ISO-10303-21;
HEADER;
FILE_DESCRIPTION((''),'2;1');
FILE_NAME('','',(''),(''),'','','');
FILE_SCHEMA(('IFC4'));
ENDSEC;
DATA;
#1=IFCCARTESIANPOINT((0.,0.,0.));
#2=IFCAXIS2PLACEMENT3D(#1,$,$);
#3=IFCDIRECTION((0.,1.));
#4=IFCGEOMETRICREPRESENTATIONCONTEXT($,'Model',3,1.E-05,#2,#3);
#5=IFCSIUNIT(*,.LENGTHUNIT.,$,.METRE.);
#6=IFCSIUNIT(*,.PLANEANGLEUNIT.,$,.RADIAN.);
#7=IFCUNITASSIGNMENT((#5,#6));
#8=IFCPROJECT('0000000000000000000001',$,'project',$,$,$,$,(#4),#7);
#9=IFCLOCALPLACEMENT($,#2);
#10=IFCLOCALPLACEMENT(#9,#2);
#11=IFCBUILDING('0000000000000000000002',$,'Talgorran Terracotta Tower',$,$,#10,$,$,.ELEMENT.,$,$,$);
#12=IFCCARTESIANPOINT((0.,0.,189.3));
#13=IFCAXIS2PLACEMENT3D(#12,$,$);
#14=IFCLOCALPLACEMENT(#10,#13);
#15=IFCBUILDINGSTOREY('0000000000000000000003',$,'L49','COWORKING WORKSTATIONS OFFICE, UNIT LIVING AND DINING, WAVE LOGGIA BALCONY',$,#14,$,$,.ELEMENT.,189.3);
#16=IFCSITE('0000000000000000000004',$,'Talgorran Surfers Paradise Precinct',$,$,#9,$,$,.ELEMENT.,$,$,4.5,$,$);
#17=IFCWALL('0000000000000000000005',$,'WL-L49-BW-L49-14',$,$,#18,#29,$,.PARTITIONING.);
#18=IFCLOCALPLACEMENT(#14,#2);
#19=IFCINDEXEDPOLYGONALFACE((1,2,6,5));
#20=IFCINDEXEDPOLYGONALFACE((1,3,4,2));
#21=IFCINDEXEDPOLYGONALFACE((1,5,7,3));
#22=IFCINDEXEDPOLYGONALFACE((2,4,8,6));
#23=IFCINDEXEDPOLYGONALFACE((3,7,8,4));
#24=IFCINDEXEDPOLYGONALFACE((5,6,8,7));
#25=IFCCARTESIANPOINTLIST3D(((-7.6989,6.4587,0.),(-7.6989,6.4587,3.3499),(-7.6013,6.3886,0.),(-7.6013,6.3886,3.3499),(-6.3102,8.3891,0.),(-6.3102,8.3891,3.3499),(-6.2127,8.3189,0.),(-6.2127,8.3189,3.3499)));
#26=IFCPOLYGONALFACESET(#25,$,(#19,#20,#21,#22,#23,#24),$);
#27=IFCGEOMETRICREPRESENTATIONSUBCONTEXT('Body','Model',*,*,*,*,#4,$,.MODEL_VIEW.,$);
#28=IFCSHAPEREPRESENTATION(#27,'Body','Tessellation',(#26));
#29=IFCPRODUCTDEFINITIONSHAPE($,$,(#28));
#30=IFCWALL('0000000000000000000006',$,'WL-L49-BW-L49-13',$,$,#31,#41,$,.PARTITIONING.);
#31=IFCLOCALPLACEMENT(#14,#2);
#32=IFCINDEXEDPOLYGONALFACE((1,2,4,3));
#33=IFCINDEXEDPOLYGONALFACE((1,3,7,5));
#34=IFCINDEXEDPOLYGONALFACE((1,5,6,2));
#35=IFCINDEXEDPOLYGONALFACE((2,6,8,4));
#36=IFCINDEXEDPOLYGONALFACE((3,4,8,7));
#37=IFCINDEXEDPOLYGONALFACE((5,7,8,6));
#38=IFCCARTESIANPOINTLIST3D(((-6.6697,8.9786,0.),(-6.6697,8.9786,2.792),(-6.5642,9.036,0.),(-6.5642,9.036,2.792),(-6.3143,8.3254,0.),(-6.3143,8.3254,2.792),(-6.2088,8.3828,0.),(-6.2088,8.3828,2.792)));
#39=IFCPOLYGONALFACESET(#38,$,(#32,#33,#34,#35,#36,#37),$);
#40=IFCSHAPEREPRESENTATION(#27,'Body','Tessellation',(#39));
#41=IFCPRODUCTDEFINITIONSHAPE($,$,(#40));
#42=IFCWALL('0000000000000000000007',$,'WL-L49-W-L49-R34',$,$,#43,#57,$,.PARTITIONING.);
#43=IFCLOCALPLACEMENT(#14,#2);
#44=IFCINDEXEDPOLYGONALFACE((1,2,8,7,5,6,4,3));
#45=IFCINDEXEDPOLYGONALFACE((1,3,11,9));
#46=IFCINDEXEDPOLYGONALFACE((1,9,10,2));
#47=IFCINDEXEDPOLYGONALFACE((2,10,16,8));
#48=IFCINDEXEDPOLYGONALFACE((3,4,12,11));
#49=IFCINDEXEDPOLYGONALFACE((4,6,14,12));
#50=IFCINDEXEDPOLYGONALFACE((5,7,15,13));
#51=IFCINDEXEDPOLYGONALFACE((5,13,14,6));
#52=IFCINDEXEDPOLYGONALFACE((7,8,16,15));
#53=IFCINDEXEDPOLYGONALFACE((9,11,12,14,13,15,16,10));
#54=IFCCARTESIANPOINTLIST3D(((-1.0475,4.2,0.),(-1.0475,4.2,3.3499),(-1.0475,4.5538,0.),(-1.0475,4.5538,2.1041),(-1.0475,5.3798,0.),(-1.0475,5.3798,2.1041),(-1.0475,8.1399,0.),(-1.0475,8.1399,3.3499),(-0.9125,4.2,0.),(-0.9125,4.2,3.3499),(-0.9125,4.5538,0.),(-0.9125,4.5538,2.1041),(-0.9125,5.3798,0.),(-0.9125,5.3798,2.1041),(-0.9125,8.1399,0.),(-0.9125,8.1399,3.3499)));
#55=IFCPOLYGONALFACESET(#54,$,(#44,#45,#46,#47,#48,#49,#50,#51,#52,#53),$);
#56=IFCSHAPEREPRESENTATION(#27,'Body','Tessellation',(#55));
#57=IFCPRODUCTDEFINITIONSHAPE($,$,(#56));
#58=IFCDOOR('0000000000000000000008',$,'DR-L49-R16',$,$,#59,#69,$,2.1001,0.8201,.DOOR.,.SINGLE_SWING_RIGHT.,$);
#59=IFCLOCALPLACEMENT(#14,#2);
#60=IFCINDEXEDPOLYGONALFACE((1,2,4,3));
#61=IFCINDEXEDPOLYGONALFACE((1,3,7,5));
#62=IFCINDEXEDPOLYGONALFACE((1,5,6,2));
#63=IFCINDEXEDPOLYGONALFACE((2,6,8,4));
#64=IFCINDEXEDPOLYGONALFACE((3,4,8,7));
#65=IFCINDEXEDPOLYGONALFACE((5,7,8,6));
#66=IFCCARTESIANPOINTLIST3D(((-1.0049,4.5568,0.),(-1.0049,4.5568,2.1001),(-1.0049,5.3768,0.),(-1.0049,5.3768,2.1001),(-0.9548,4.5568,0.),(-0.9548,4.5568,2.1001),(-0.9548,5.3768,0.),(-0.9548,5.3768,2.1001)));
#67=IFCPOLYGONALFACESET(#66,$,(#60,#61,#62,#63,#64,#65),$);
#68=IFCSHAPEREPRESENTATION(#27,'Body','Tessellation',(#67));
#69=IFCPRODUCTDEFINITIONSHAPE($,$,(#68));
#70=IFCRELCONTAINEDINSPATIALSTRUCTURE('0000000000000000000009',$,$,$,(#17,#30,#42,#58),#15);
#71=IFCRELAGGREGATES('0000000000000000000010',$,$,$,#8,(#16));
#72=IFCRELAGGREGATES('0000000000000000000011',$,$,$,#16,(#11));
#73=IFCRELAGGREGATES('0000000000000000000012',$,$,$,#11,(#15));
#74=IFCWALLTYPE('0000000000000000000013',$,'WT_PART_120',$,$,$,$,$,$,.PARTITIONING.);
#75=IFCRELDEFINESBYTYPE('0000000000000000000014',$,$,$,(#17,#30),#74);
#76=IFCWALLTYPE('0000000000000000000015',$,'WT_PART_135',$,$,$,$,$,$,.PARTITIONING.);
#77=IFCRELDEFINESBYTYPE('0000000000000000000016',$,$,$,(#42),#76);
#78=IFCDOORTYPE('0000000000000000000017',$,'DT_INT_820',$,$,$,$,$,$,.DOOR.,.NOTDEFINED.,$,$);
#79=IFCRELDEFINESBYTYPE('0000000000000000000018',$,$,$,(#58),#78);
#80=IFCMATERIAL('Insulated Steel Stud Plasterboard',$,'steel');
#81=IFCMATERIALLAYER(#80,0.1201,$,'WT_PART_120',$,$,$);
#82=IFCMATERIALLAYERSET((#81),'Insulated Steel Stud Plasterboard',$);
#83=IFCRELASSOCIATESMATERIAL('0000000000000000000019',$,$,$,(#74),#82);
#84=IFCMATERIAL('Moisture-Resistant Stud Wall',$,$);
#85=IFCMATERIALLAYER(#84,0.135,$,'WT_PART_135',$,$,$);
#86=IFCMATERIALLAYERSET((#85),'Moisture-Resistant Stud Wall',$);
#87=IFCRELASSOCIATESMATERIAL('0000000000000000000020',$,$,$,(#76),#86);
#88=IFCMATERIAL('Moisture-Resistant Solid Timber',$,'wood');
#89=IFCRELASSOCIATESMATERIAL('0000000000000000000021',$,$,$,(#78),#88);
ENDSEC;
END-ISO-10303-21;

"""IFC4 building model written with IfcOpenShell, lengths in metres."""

from ifc_helpers import new_model, si_unit, direction, frame, frame_2d, origin, place, context, subcontext, project, spatial, rectangle, extrude, material, layer, layer_set, type_object, element, fill, save


model = new_model("IFC4")

# Units and contexts
model_context = context("Model", 3, precision=1e-05, world=origin(), true_north=direction((0.0, 1.0)))
body_context = subcontext(model_context, "Body", "Model", "MODEL_VIEW")
ifc_project = project(units=[si_unit("LENGTHUNIT", "METRE"), si_unit("PLANEANGLEUNIT", "RADIAN")], contexts=[model_context])

# Site, building, storey
site_placement = place(None, origin())
site = spatial("IfcSite", under=ifc_project, at=site_placement, Name="Talgorran Surfers Paradise Precinct", CompositionType="ELEMENT", RefElevation=4.5)
building_placement = place(site_placement, origin())
building = spatial("IfcBuilding", under=site, at=building_placement, Name="Talgorran Terracotta Tower", CompositionType="ELEMENT")
storey_placement = place(building_placement, frame((0.0, 0.0, 189.3)))
storey = spatial("IfcBuildingStorey", under=building, at=storey_placement, Name="L49", Description="COWORKING WORKSTATIONS OFFICE, UNIT LIVING AND DINING, WAVE LOGGIA BALCONY", CompositionType="ELEMENT", Elevation=189.3)

# Walls
ifc_material_1 = material(Name="Insulated Steel Stud Plasterboard", Category="steel")
ifc_layer_1 = layer(ifc_material_1, 0.1201, Name="WT_PART_120")
ifc_layer_set_1 = layer_set([ifc_layer_1], Name="Insulated Steel Stud Plasterboard")
wall_type_1 = type_object("IfcWallType", Name="WT_PART_120", PredefinedType="PARTITIONING", material=ifc_layer_set_1)
wall_1_placement = place(storey_placement, frame((-6.2615, 8.354, 0.0), z_axis=(0.0, 0.0, 1.0), x_axis=(-0.583964, -0.81178, 0.0)))
element("IfcWall", 1, at=wall_1_placement, inside=storey, type_object=wall_type_1, Name="WL-L49-BW-L49-14", PredefinedType="PARTITIONING", context=body_context, shape_type="SweptSolid", body=[
    extrude(rectangle(XDim=2.3779, YDim=0.1201, at=frame_2d((1.189, 0.0))), origin(), (0.0, 0.0, 1.0), 3.3499),
])
wall_2_placement = place(storey_placement, frame((-6.6169, 9.0073, 0.0), z_axis=(0.0, 0.0, 1.0), x_axis=(0.477932, -0.878397, 0.0)))
element("IfcWall", 2, at=wall_2_placement, inside=storey, type_object=wall_type_1, Name="WL-L49-BW-L49-13", PredefinedType="PARTITIONING", context=body_context, shape_type="SweptSolid", body=[
    extrude(rectangle(XDim=0.7437, YDim=0.1201, at=frame_2d((0.3718, 0.0))), origin(), (0.0, 0.0, 1.0), 2.792),
])

# Wall, opening, door
ifc_material_2 = material(Name="Moisture-Resistant Stud Wall")
ifc_layer_2 = layer(ifc_material_2, 0.135, Name="WT_PART_135")
ifc_layer_set_2 = layer_set([ifc_layer_2], Name="Moisture-Resistant Stud Wall")
wall_type_2 = type_object("IfcWallType", Name="WT_PART_135", PredefinedType="PARTITIONING", material=ifc_layer_set_2)
wall_3_placement = place(storey_placement, frame((-0.98, 4.2, 0.0), z_axis=(0.0, 0.0, 1.0), x_axis=(0.0, 1.0, 0.0)))
wall_3 = element("IfcWall", 3, at=wall_3_placement, inside=storey, type_object=wall_type_2, Name="WL-L49-W-L49-R34", PredefinedType="PARTITIONING", context=body_context, shape_type="SweptSolid", body=[
    extrude(rectangle(XDim=3.9399, YDim=0.135, at=frame_2d((1.97, 0.0))), origin(), (0.0, 0.0, 1.0), 3.3499),
])
opening_1_placement = place(wall_3_placement, frame((0.3567, 0.0, 0.0)))
opening_1 = element("IfcOpeningElement", 4, at=opening_1_placement, cuts=wall_3, PredefinedType="OPENING", context=body_context, shape_type="SweptSolid", body=[
    extrude(rectangle(XDim=0.8261, YDim=2.1041, at=frame_2d((0.4102, 1.052))), frame((0.0, 0.0776, 0.0), z_axis=(0.0, -1.0, 0.0), x_axis=(1.0, 0.0, 0.0)), (0.0, 0.0, 1.0), 0.155),
])
ifc_material_3 = material(Name="Moisture-Resistant Solid Timber", Category="wood")
door_type_1 = type_object("IfcDoorType", Name="DT_INT_820", OperationType="NOTDEFINED", PredefinedType="DOOR", material=ifc_material_3)
door_1_placement = place(opening_1_placement, origin())
door_1 = element("IfcDoor", 5, at=door_1_placement, inside=storey, type_object=door_type_1, Name="DR-L49-R16", OperationType="SINGLE_SWING_RIGHT", OverallHeight=2.1001, OverallWidth=0.8201, PredefinedType="DOOR", context=body_context, shape_type="SweptSolid", body=[
    extrude(rectangle(XDim=0.8201, YDim=2.1001, at=frame_2d((0.4102, 1.05))), frame((0.0, 0.0249, 0.0), z_axis=(0.0, -1.0, 0.0), x_axis=(1.0, 0.0, 0.0)), (0.0, 0.0, 1.0), 0.05),
])
fill(opening_1, door_1)

save(model, "model.ifc")
